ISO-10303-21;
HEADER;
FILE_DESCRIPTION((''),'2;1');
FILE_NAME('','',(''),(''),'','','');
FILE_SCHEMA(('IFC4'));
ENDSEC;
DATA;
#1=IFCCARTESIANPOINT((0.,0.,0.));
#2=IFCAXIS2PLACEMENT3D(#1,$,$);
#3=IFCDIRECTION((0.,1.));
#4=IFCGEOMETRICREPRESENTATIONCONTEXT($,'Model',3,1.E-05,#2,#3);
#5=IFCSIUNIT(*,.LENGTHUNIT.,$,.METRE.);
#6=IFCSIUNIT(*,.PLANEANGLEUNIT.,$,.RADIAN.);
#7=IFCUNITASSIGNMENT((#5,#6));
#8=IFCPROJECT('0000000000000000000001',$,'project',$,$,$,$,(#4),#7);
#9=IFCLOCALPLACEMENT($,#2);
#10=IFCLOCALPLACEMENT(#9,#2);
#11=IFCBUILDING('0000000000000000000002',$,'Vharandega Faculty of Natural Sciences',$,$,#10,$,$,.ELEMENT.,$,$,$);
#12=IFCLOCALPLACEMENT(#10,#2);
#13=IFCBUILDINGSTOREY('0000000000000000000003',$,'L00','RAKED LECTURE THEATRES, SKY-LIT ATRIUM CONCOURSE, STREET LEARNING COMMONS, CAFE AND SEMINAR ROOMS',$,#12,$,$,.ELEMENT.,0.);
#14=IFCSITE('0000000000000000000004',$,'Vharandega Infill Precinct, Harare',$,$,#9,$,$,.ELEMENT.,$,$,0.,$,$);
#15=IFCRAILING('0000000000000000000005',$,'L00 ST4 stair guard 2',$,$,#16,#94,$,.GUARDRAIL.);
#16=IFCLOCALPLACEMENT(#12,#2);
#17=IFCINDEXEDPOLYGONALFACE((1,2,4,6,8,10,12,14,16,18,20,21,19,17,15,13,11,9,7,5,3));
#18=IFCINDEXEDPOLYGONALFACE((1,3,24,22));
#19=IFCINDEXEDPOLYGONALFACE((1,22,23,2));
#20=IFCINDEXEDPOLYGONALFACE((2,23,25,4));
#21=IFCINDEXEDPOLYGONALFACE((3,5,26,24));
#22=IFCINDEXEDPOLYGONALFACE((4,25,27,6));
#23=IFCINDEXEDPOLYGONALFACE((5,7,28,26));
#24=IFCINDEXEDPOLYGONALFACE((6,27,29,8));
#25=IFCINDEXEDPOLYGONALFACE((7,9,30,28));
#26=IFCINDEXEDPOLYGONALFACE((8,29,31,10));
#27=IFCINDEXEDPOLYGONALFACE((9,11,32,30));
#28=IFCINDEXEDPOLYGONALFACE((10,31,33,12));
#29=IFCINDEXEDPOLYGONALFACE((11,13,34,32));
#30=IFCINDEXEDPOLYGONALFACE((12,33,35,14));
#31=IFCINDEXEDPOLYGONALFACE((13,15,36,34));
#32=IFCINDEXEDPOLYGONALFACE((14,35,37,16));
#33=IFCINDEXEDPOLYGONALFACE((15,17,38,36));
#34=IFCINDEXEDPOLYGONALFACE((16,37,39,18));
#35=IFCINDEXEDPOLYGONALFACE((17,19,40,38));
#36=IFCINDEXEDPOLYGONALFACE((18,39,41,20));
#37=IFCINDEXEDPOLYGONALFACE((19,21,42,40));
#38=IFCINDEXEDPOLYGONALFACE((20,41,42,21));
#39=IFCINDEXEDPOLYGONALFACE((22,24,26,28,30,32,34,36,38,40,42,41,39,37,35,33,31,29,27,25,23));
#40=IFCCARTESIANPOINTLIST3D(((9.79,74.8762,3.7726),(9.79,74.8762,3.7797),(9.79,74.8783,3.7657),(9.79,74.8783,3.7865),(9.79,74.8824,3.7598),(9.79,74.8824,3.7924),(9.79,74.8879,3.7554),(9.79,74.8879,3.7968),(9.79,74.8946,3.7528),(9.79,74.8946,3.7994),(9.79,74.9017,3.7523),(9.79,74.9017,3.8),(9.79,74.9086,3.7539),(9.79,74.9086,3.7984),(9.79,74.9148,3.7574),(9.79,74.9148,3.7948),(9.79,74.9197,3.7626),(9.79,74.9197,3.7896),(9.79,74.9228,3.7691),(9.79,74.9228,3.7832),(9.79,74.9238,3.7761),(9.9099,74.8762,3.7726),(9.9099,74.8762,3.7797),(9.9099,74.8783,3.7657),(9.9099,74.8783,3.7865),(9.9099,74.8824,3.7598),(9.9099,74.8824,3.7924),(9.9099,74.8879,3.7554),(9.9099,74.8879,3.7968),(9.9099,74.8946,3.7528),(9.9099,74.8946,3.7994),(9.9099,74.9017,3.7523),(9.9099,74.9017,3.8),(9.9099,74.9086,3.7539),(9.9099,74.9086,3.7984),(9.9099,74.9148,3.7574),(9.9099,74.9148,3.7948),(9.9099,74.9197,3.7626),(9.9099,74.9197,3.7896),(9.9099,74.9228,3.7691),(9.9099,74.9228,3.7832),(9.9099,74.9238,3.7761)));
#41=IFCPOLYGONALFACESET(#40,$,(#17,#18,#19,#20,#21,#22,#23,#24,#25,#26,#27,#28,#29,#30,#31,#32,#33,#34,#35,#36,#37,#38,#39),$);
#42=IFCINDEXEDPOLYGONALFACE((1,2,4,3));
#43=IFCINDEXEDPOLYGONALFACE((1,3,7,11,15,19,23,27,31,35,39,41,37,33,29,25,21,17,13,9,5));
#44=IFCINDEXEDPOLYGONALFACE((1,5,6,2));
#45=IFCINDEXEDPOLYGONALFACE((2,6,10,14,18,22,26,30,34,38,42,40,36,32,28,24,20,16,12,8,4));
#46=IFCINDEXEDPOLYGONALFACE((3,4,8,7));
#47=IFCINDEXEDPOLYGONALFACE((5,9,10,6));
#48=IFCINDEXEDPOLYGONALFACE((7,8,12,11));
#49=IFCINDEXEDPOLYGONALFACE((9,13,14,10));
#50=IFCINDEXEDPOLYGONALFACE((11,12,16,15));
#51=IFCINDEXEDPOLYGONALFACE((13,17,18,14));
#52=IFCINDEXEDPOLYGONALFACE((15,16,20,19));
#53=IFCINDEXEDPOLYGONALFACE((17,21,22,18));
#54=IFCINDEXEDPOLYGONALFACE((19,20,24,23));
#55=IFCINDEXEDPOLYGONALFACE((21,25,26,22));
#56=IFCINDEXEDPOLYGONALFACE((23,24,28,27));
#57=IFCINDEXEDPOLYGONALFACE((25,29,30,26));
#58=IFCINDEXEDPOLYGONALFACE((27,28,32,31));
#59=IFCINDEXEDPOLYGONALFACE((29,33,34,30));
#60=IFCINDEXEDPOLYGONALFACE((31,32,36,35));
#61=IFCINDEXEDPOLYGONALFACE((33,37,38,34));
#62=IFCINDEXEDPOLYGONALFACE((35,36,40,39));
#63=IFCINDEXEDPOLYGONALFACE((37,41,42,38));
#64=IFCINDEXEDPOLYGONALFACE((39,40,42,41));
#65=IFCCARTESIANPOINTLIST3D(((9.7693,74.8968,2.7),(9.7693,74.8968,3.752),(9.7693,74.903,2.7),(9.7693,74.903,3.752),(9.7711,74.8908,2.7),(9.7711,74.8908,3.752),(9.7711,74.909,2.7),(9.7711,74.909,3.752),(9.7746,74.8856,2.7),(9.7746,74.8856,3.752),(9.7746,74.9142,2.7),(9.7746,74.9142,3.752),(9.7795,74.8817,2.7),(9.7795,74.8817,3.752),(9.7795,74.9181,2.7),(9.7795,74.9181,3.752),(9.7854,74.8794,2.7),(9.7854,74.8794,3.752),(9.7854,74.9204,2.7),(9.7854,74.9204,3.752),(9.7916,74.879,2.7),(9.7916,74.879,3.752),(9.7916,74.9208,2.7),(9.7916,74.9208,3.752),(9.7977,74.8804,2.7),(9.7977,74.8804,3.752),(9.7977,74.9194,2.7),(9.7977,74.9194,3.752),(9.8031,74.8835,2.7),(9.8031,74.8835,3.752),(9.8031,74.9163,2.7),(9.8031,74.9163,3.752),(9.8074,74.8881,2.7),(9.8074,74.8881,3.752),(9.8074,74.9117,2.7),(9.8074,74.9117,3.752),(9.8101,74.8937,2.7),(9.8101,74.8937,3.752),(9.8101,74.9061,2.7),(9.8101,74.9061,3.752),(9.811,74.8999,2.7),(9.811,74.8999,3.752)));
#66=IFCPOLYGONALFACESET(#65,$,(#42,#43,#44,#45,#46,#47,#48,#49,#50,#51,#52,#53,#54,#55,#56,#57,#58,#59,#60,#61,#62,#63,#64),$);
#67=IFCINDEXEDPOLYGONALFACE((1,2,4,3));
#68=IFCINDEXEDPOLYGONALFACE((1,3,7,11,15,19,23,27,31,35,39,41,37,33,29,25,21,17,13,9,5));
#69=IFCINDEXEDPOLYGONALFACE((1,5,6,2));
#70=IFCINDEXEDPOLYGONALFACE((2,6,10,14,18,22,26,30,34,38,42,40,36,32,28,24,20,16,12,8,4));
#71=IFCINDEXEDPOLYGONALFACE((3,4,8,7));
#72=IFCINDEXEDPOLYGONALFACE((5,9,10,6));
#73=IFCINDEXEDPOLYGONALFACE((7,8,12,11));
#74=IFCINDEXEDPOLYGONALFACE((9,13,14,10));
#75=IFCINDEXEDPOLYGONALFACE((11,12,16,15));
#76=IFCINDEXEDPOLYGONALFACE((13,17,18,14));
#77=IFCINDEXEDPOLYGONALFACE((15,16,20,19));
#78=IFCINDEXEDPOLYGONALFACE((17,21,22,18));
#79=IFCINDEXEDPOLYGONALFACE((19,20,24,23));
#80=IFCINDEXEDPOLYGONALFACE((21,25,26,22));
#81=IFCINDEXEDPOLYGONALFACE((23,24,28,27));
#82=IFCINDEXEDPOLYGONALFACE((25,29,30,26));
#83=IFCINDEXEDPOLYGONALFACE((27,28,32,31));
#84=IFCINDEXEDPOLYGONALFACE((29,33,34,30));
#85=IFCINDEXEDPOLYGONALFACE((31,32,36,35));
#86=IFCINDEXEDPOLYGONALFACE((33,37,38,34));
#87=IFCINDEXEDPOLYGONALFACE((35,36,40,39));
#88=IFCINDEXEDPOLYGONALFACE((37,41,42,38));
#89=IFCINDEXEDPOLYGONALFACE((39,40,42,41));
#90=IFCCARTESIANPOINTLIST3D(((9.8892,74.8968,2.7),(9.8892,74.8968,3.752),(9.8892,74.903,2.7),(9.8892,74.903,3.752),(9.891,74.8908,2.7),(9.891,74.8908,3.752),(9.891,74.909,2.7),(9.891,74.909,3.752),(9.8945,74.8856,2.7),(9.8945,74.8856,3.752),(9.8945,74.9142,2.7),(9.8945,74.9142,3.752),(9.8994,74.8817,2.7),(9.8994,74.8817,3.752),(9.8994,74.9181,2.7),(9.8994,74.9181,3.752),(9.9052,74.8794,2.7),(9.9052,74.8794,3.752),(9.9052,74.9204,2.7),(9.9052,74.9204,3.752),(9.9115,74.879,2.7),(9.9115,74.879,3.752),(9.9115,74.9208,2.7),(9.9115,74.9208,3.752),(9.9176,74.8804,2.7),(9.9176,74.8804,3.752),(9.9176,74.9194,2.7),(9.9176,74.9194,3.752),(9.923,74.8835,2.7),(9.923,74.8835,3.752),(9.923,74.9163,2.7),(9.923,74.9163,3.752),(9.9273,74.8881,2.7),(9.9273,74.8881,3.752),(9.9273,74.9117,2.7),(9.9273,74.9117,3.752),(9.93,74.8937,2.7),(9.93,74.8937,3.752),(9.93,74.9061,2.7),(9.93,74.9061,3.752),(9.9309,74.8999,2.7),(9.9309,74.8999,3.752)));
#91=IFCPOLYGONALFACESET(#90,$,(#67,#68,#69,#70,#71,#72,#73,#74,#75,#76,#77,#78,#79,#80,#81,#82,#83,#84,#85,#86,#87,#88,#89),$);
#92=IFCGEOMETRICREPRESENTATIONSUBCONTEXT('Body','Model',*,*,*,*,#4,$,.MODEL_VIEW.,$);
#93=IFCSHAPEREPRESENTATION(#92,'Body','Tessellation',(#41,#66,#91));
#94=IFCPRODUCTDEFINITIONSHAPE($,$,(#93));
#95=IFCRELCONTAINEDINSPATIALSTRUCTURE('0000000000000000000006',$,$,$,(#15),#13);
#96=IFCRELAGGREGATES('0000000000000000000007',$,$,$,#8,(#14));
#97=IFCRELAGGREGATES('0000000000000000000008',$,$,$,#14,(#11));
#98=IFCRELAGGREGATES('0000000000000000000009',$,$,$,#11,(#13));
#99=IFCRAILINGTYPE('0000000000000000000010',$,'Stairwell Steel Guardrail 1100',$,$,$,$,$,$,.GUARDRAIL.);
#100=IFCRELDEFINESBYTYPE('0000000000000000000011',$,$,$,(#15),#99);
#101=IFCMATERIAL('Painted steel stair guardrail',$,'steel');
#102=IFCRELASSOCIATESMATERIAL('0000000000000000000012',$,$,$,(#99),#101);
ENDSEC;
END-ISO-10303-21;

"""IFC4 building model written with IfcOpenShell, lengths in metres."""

from ifc_helpers import new_model, si_unit, direction, frame, origin, origin_2d, place, context, subcontext, project, spatial, circle, extrude, material, type_object, element, save


model = new_model("IFC4")

# Units and contexts
model_context = context("Model", 3, precision=1e-05, world=origin(), true_north=direction((0.0, 1.0)))
body_context = subcontext(model_context, "Body", "Model", "MODEL_VIEW")
ifc_project = project(units=[si_unit("LENGTHUNIT", "METRE"), si_unit("PLANEANGLEUNIT", "RADIAN")], contexts=[model_context])

# Site, building, storey
site_placement = place(None, origin())
site = spatial("IfcSite", under=ifc_project, at=site_placement, Name="Vharandega Infill Precinct, Harare", CompositionType="ELEMENT", RefElevation=0.0)
building_placement = place(site_placement, origin())
building = spatial("IfcBuilding", under=site, at=building_placement, Name="Vharandega Faculty of Natural Sciences", CompositionType="ELEMENT")
storey_placement = place(building_placement, origin())
storey = spatial("IfcBuildingStorey", under=building, at=storey_placement, Name="L00", Description="RAKED LECTURE THEATRES, SKY-LIT ATRIUM CONCOURSE, STREET LEARNING COMMONS, CAFE AND SEMINAR ROOMS", CompositionType="ELEMENT", Elevation=0.0)

# Railing
ifc_material_1 = material(Name="Painted steel stair guardrail", Category="steel")
railing_type_1 = type_object("IfcRailingType", Name="Stairwell Steel Guardrail 1100", PredefinedType="GUARDRAIL", material=ifc_material_1)
railing_1_placement = place(storey_placement, frame((9.79, 74.8999, 2.7)))
element("IfcRailing", 1, at=railing_1_placement, inside=storey, type_object=railing_type_1, Name="L00 ST4 stair guard 2", PredefinedType="GUARDRAIL", context=body_context, shape_type="SweptSolid", body=[
    extrude(circle(Radius=0.0239, at=origin_2d()), frame((0.0, 0.0, 1.0762), z_axis=(1.0, 0.0, 0.0), x_axis=(0.0, 1.0, 0.0)), (0.0, 0.0, 1.0), 0.1199),
    extrude(circle(Radius=0.021, at=origin_2d()), origin(), (0.0, 0.0, 1.0), 1.052),
    extrude(circle(Radius=0.021, at=origin_2d()), frame((0.1199, 0.0, 0.0)), (0.0, 0.0, 1.0), 1.052),
])

save(model, "model.ifc")
